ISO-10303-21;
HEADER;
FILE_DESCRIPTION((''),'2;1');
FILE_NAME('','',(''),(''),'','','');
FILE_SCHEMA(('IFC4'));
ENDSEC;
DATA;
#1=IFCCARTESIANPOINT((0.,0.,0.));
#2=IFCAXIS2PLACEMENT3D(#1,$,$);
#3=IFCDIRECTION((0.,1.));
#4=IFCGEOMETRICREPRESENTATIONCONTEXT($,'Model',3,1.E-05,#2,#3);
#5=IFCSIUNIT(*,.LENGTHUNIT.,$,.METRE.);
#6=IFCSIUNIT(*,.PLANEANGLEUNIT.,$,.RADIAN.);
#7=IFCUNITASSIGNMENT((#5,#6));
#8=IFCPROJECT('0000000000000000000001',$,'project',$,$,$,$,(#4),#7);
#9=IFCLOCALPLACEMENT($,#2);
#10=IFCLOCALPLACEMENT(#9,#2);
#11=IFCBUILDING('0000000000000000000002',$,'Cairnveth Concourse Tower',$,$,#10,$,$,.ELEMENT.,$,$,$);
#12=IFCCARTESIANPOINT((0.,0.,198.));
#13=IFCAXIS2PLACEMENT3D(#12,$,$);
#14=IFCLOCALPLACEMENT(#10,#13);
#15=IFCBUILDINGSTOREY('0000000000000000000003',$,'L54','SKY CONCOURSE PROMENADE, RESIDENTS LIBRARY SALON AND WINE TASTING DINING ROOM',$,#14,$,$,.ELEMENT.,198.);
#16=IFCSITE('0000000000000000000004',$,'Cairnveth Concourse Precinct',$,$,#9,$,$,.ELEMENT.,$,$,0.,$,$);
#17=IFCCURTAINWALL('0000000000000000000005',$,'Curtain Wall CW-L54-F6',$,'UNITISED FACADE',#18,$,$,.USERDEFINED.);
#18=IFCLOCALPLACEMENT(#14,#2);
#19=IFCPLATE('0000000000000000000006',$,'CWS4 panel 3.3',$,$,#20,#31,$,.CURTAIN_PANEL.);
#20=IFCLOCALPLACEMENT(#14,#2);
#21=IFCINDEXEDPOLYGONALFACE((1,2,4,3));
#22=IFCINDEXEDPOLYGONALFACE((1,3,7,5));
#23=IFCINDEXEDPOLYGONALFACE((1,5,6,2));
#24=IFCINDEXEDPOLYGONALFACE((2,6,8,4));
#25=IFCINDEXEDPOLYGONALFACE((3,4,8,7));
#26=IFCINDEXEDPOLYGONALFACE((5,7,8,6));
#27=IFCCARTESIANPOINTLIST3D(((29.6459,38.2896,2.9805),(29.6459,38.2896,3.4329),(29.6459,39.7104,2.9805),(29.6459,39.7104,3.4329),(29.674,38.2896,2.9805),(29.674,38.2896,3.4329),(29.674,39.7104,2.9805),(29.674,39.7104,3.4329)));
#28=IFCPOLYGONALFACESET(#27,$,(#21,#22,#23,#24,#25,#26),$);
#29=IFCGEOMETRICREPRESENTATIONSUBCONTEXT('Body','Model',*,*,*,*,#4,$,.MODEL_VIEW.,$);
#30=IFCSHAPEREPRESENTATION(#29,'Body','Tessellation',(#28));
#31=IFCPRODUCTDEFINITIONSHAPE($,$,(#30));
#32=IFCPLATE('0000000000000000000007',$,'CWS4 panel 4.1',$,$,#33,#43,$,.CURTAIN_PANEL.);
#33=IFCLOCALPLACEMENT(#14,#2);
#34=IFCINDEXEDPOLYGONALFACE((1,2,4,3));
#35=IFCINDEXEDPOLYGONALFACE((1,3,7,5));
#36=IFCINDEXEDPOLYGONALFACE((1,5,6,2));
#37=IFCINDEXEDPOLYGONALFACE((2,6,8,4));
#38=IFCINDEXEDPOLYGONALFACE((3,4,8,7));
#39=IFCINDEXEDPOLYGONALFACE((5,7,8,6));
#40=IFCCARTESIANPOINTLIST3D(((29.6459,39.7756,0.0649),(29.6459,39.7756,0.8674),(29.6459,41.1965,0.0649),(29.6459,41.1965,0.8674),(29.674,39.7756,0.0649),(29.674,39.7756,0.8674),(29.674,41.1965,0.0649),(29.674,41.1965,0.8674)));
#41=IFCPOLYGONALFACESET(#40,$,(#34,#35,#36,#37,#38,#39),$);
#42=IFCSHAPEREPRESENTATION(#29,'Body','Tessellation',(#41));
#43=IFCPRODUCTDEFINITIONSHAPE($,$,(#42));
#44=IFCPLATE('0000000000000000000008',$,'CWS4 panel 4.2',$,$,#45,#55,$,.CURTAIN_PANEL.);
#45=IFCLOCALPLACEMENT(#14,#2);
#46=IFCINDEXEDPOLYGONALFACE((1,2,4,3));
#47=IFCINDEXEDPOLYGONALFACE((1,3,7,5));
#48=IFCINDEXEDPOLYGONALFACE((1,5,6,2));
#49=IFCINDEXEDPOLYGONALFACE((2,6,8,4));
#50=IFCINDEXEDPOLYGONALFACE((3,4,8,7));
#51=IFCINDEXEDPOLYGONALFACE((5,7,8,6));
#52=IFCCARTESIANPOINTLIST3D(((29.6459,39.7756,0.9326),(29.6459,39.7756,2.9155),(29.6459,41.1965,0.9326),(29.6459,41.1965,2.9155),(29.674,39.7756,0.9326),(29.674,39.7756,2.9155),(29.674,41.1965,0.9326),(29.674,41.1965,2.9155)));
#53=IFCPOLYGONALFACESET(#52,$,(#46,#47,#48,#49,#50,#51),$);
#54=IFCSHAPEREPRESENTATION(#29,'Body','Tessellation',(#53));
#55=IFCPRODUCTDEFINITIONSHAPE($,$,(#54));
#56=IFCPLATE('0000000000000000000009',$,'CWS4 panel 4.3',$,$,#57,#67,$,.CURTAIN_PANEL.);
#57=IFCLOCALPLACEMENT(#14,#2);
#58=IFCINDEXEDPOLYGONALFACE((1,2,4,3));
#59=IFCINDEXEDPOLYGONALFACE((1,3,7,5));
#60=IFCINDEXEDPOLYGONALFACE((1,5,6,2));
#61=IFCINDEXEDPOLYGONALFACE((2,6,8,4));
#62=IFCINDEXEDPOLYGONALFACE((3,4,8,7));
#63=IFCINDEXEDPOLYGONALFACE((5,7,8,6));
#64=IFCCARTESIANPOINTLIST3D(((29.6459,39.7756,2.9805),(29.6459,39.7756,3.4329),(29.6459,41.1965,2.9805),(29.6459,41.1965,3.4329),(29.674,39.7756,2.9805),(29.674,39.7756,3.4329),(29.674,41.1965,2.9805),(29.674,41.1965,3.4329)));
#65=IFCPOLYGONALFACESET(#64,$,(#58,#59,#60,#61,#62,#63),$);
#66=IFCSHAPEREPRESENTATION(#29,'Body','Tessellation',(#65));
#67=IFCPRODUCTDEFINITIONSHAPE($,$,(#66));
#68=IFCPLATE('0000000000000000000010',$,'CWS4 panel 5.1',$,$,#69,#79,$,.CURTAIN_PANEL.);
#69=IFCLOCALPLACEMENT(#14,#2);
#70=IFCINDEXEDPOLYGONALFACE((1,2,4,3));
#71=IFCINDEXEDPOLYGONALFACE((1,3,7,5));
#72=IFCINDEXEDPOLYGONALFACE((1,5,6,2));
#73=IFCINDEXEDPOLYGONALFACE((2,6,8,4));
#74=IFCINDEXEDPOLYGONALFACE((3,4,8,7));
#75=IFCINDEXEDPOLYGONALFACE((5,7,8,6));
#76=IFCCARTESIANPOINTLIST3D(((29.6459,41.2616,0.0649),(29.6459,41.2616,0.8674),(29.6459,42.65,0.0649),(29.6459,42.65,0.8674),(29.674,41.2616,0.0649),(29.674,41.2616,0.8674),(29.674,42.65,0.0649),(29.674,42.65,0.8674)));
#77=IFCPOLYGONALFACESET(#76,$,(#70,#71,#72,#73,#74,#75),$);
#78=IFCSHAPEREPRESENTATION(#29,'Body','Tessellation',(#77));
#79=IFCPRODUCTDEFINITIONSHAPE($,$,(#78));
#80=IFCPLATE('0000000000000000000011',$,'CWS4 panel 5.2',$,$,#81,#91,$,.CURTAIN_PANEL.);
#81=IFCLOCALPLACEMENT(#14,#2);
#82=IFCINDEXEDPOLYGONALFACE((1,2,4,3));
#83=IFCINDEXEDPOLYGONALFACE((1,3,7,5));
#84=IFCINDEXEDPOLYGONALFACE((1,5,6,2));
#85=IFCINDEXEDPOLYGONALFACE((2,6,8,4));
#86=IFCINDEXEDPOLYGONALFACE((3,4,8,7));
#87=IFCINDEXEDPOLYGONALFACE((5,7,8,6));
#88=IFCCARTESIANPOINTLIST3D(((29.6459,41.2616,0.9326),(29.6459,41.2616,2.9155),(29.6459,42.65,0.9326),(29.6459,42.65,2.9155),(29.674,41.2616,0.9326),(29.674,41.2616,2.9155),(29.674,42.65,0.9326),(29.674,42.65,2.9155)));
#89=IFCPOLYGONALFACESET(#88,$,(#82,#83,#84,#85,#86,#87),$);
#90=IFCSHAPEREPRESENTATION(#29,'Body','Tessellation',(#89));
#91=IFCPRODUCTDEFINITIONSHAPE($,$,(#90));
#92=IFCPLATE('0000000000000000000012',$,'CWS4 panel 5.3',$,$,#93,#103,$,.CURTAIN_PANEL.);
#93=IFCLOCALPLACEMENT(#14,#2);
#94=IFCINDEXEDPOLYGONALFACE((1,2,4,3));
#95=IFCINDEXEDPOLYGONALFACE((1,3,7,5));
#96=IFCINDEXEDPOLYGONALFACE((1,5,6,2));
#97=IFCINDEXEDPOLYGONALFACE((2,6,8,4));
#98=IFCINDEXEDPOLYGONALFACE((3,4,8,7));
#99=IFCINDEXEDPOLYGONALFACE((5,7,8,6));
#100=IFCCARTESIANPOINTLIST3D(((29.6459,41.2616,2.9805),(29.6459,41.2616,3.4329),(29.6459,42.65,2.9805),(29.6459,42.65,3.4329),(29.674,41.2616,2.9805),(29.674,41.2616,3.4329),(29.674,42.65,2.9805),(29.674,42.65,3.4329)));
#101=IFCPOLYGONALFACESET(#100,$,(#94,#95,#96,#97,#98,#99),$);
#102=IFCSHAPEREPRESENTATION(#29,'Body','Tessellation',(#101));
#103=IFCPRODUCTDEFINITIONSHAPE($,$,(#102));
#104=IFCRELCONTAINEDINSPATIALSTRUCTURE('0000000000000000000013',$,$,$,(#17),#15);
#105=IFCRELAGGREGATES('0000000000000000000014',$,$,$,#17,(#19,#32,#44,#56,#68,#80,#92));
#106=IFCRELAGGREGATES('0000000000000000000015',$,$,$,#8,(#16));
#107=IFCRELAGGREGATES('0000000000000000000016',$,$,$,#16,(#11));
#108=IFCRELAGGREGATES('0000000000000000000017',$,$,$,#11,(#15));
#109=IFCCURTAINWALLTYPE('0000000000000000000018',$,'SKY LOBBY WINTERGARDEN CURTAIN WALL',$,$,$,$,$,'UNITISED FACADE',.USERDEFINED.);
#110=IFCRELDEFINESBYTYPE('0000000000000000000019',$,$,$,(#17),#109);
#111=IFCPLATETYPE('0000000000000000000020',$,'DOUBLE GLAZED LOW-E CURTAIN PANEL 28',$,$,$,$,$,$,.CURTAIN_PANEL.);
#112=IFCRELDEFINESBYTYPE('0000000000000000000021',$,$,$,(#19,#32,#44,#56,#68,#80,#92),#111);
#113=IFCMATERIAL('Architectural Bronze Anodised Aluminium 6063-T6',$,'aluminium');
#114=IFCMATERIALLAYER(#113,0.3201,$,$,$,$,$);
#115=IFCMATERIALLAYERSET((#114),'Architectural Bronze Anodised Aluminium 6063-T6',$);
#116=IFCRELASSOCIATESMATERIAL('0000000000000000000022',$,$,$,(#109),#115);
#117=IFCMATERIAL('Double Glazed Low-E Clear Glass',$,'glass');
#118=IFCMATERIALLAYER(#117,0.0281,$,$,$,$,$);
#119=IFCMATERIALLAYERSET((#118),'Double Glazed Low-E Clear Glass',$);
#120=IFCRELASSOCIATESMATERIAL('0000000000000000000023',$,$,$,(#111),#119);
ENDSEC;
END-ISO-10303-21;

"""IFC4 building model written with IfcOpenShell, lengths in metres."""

from ifc_helpers import new_model, si_unit, direction, frame, origin, origin_2d, place, context, subcontext, project, spatial, rectangle, extrude, material, layer, layer_set, type_object, element, aggregate, save


model = new_model("IFC4")

# Units and contexts
model_context = context("Model", 3, precision=1e-05, world=origin(), true_north=direction((0.0, 1.0)))
body_context = subcontext(model_context, "Body", "Model", "MODEL_VIEW")
ifc_project = project(units=[si_unit("LENGTHUNIT", "METRE"), si_unit("PLANEANGLEUNIT", "RADIAN")], contexts=[model_context])

# Site, building, storey
site_placement = place(None, origin())
site = spatial("IfcSite", under=ifc_project, at=site_placement, Name="Cairnveth Concourse Precinct", CompositionType="ELEMENT", RefElevation=0.0)
building_placement = place(site_placement, origin())
building = spatial("IfcBuilding", under=site, at=building_placement, Name="Cairnveth Concourse Tower", CompositionType="ELEMENT")
storey_placement = place(building_placement, frame((0.0, 0.0, 198.0)))
storey = spatial("IfcBuildingStorey", under=building, at=storey_placement, Name="L54", Description="SKY CONCOURSE PROMENADE, RESIDENTS LIBRARY SALON AND WINE TASTING DINING ROOM", CompositionType="ELEMENT", Elevation=198.0)

# Curtain wall, plates
ifc_material_1 = material(Name="Architectural Bronze Anodised Aluminium 6063-T6", Category="aluminium")
ifc_layer_1 = layer(ifc_material_1, 0.3201)
ifc_layer_set_1 = layer_set([ifc_layer_1], Name="Architectural Bronze Anodised Aluminium 6063-T6")
curtain_wall_type = type_object("IfcCurtainWallType", Name="SKY LOBBY WINTERGARDEN CURTAIN WALL", ElementType="UNITISED FACADE", PredefinedType="USERDEFINED", material=ifc_layer_set_1)
curtain_wall_placement = place(storey_placement, origin())
curtain_wall = element("IfcCurtainWall", 1, at=curtain_wall_placement, inside=storey, type_object=curtain_wall_type, Name="Curtain Wall CW-L54-F6", ObjectType="UNITISED FACADE", PredefinedType="USERDEFINED")
ifc_material_2 = material(Name="Double Glazed Low-E Clear Glass", Category="glass")
ifc_layer_2 = layer(ifc_material_2, 0.0281)
ifc_layer_set_2 = layer_set([ifc_layer_2], Name="Double Glazed Low-E Clear Glass")
plate_type = type_object("IfcPlateType", Name="DOUBLE GLAZED LOW-E CURTAIN PANEL 28", PredefinedType="CURTAIN_PANEL", material=ifc_layer_set_2)
plate_1_placement = place(storey_placement, frame((29.6599, 39.0, 2.9805), z_axis=(0.0, 0.0, 1.0), x_axis=(0.0, 1.0, 0.0)))
plate_1 = element("IfcPlate", 2, at=plate_1_placement, type_object=plate_type, Name="CWS4 panel 3.3", PredefinedType="CURTAIN_PANEL", context=body_context, shape_type="SweptSolid", body=[
    extrude(rectangle(XDim=1.4209, YDim=0.0281, at=origin_2d()), origin(), (0.0, 0.0, 1.0), 0.4524),
])
plate_2_placement = place(storey_placement, frame((29.6599, 40.4861, 0.0649), z_axis=(0.0, 0.0, 1.0), x_axis=(0.0, 1.0, 0.0)))
plate_2 = element("IfcPlate", 3, at=plate_2_placement, type_object=plate_type, Name="CWS4 panel 4.1", PredefinedType="CURTAIN_PANEL", context=body_context, shape_type="SweptSolid", body=[
    extrude(rectangle(XDim=1.4209, YDim=0.0281, at=origin_2d()), origin(), (0.0, 0.0, 1.0), 0.8025),
])
plate_3_placement = place(storey_placement, frame((29.6599, 40.4861, 0.9326), z_axis=(0.0, 0.0, 1.0), x_axis=(0.0, 1.0, 0.0)))
plate_3 = element("IfcPlate", 4, at=plate_3_placement, type_object=plate_type, Name="CWS4 panel 4.2", PredefinedType="CURTAIN_PANEL", context=body_context, shape_type="SweptSolid", body=[
    extrude(rectangle(XDim=1.4209, YDim=0.0281, at=origin_2d()), origin(), (0.0, 0.0, 1.0), 1.9829),
])
plate_4_placement = place(storey_placement, frame((29.6599, 40.4861, 2.9805), z_axis=(0.0, 0.0, 1.0), x_axis=(0.0, 1.0, 0.0)))
plate_4 = element("IfcPlate", 5, at=plate_4_placement, type_object=plate_type, Name="CWS4 panel 4.3", PredefinedType="CURTAIN_PANEL", context=body_context, shape_type="SweptSolid", body=[
    extrude(rectangle(XDim=1.4209, YDim=0.0281, at=origin_2d()), origin(), (0.0, 0.0, 1.0), 0.4524),
])
plate_5_placement = place(storey_placement, frame((29.6599, 41.9558, 0.0649), z_axis=(0.0, 0.0, 1.0), x_axis=(0.0, 1.0, 0.0)))
plate_5 = element("IfcPlate", 6, at=plate_5_placement, type_object=plate_type, Name="CWS4 panel 5.1", PredefinedType="CURTAIN_PANEL", context=body_context, shape_type="SweptSolid", body=[
    extrude(rectangle(XDim=1.3884, YDim=0.0281, at=origin_2d()), origin(), (0.0, 0.0, 1.0), 0.8025),
])
plate_6_placement = place(storey_placement, frame((29.6599, 41.9558, 0.9326), z_axis=(0.0, 0.0, 1.0), x_axis=(0.0, 1.0, 0.0)))
plate_6 = element("IfcPlate", 7, at=plate_6_placement, type_object=plate_type, Name="CWS4 panel 5.2", PredefinedType="CURTAIN_PANEL", context=body_context, shape_type="SweptSolid", body=[
    extrude(rectangle(XDim=1.3884, YDim=0.0281, at=origin_2d()), origin(), (0.0, 0.0, 1.0), 1.9829),
])
plate_7_placement = place(storey_placement, frame((29.6599, 41.9558, 2.9805), z_axis=(0.0, 0.0, 1.0), x_axis=(0.0, 1.0, 0.0)))
plate_7 = element("IfcPlate", 8, at=plate_7_placement, type_object=plate_type, Name="CWS4 panel 5.3", PredefinedType="CURTAIN_PANEL", context=body_context, shape_type="SweptSolid", body=[
    extrude(rectangle(XDim=1.3884, YDim=0.0281, at=origin_2d()), origin(), (0.0, 0.0, 1.0), 0.4524),
])
aggregate(curtain_wall, [plate_1, plate_2, plate_3, plate_4, plate_5, plate_6, plate_7])

save(model, "model.ifc")
